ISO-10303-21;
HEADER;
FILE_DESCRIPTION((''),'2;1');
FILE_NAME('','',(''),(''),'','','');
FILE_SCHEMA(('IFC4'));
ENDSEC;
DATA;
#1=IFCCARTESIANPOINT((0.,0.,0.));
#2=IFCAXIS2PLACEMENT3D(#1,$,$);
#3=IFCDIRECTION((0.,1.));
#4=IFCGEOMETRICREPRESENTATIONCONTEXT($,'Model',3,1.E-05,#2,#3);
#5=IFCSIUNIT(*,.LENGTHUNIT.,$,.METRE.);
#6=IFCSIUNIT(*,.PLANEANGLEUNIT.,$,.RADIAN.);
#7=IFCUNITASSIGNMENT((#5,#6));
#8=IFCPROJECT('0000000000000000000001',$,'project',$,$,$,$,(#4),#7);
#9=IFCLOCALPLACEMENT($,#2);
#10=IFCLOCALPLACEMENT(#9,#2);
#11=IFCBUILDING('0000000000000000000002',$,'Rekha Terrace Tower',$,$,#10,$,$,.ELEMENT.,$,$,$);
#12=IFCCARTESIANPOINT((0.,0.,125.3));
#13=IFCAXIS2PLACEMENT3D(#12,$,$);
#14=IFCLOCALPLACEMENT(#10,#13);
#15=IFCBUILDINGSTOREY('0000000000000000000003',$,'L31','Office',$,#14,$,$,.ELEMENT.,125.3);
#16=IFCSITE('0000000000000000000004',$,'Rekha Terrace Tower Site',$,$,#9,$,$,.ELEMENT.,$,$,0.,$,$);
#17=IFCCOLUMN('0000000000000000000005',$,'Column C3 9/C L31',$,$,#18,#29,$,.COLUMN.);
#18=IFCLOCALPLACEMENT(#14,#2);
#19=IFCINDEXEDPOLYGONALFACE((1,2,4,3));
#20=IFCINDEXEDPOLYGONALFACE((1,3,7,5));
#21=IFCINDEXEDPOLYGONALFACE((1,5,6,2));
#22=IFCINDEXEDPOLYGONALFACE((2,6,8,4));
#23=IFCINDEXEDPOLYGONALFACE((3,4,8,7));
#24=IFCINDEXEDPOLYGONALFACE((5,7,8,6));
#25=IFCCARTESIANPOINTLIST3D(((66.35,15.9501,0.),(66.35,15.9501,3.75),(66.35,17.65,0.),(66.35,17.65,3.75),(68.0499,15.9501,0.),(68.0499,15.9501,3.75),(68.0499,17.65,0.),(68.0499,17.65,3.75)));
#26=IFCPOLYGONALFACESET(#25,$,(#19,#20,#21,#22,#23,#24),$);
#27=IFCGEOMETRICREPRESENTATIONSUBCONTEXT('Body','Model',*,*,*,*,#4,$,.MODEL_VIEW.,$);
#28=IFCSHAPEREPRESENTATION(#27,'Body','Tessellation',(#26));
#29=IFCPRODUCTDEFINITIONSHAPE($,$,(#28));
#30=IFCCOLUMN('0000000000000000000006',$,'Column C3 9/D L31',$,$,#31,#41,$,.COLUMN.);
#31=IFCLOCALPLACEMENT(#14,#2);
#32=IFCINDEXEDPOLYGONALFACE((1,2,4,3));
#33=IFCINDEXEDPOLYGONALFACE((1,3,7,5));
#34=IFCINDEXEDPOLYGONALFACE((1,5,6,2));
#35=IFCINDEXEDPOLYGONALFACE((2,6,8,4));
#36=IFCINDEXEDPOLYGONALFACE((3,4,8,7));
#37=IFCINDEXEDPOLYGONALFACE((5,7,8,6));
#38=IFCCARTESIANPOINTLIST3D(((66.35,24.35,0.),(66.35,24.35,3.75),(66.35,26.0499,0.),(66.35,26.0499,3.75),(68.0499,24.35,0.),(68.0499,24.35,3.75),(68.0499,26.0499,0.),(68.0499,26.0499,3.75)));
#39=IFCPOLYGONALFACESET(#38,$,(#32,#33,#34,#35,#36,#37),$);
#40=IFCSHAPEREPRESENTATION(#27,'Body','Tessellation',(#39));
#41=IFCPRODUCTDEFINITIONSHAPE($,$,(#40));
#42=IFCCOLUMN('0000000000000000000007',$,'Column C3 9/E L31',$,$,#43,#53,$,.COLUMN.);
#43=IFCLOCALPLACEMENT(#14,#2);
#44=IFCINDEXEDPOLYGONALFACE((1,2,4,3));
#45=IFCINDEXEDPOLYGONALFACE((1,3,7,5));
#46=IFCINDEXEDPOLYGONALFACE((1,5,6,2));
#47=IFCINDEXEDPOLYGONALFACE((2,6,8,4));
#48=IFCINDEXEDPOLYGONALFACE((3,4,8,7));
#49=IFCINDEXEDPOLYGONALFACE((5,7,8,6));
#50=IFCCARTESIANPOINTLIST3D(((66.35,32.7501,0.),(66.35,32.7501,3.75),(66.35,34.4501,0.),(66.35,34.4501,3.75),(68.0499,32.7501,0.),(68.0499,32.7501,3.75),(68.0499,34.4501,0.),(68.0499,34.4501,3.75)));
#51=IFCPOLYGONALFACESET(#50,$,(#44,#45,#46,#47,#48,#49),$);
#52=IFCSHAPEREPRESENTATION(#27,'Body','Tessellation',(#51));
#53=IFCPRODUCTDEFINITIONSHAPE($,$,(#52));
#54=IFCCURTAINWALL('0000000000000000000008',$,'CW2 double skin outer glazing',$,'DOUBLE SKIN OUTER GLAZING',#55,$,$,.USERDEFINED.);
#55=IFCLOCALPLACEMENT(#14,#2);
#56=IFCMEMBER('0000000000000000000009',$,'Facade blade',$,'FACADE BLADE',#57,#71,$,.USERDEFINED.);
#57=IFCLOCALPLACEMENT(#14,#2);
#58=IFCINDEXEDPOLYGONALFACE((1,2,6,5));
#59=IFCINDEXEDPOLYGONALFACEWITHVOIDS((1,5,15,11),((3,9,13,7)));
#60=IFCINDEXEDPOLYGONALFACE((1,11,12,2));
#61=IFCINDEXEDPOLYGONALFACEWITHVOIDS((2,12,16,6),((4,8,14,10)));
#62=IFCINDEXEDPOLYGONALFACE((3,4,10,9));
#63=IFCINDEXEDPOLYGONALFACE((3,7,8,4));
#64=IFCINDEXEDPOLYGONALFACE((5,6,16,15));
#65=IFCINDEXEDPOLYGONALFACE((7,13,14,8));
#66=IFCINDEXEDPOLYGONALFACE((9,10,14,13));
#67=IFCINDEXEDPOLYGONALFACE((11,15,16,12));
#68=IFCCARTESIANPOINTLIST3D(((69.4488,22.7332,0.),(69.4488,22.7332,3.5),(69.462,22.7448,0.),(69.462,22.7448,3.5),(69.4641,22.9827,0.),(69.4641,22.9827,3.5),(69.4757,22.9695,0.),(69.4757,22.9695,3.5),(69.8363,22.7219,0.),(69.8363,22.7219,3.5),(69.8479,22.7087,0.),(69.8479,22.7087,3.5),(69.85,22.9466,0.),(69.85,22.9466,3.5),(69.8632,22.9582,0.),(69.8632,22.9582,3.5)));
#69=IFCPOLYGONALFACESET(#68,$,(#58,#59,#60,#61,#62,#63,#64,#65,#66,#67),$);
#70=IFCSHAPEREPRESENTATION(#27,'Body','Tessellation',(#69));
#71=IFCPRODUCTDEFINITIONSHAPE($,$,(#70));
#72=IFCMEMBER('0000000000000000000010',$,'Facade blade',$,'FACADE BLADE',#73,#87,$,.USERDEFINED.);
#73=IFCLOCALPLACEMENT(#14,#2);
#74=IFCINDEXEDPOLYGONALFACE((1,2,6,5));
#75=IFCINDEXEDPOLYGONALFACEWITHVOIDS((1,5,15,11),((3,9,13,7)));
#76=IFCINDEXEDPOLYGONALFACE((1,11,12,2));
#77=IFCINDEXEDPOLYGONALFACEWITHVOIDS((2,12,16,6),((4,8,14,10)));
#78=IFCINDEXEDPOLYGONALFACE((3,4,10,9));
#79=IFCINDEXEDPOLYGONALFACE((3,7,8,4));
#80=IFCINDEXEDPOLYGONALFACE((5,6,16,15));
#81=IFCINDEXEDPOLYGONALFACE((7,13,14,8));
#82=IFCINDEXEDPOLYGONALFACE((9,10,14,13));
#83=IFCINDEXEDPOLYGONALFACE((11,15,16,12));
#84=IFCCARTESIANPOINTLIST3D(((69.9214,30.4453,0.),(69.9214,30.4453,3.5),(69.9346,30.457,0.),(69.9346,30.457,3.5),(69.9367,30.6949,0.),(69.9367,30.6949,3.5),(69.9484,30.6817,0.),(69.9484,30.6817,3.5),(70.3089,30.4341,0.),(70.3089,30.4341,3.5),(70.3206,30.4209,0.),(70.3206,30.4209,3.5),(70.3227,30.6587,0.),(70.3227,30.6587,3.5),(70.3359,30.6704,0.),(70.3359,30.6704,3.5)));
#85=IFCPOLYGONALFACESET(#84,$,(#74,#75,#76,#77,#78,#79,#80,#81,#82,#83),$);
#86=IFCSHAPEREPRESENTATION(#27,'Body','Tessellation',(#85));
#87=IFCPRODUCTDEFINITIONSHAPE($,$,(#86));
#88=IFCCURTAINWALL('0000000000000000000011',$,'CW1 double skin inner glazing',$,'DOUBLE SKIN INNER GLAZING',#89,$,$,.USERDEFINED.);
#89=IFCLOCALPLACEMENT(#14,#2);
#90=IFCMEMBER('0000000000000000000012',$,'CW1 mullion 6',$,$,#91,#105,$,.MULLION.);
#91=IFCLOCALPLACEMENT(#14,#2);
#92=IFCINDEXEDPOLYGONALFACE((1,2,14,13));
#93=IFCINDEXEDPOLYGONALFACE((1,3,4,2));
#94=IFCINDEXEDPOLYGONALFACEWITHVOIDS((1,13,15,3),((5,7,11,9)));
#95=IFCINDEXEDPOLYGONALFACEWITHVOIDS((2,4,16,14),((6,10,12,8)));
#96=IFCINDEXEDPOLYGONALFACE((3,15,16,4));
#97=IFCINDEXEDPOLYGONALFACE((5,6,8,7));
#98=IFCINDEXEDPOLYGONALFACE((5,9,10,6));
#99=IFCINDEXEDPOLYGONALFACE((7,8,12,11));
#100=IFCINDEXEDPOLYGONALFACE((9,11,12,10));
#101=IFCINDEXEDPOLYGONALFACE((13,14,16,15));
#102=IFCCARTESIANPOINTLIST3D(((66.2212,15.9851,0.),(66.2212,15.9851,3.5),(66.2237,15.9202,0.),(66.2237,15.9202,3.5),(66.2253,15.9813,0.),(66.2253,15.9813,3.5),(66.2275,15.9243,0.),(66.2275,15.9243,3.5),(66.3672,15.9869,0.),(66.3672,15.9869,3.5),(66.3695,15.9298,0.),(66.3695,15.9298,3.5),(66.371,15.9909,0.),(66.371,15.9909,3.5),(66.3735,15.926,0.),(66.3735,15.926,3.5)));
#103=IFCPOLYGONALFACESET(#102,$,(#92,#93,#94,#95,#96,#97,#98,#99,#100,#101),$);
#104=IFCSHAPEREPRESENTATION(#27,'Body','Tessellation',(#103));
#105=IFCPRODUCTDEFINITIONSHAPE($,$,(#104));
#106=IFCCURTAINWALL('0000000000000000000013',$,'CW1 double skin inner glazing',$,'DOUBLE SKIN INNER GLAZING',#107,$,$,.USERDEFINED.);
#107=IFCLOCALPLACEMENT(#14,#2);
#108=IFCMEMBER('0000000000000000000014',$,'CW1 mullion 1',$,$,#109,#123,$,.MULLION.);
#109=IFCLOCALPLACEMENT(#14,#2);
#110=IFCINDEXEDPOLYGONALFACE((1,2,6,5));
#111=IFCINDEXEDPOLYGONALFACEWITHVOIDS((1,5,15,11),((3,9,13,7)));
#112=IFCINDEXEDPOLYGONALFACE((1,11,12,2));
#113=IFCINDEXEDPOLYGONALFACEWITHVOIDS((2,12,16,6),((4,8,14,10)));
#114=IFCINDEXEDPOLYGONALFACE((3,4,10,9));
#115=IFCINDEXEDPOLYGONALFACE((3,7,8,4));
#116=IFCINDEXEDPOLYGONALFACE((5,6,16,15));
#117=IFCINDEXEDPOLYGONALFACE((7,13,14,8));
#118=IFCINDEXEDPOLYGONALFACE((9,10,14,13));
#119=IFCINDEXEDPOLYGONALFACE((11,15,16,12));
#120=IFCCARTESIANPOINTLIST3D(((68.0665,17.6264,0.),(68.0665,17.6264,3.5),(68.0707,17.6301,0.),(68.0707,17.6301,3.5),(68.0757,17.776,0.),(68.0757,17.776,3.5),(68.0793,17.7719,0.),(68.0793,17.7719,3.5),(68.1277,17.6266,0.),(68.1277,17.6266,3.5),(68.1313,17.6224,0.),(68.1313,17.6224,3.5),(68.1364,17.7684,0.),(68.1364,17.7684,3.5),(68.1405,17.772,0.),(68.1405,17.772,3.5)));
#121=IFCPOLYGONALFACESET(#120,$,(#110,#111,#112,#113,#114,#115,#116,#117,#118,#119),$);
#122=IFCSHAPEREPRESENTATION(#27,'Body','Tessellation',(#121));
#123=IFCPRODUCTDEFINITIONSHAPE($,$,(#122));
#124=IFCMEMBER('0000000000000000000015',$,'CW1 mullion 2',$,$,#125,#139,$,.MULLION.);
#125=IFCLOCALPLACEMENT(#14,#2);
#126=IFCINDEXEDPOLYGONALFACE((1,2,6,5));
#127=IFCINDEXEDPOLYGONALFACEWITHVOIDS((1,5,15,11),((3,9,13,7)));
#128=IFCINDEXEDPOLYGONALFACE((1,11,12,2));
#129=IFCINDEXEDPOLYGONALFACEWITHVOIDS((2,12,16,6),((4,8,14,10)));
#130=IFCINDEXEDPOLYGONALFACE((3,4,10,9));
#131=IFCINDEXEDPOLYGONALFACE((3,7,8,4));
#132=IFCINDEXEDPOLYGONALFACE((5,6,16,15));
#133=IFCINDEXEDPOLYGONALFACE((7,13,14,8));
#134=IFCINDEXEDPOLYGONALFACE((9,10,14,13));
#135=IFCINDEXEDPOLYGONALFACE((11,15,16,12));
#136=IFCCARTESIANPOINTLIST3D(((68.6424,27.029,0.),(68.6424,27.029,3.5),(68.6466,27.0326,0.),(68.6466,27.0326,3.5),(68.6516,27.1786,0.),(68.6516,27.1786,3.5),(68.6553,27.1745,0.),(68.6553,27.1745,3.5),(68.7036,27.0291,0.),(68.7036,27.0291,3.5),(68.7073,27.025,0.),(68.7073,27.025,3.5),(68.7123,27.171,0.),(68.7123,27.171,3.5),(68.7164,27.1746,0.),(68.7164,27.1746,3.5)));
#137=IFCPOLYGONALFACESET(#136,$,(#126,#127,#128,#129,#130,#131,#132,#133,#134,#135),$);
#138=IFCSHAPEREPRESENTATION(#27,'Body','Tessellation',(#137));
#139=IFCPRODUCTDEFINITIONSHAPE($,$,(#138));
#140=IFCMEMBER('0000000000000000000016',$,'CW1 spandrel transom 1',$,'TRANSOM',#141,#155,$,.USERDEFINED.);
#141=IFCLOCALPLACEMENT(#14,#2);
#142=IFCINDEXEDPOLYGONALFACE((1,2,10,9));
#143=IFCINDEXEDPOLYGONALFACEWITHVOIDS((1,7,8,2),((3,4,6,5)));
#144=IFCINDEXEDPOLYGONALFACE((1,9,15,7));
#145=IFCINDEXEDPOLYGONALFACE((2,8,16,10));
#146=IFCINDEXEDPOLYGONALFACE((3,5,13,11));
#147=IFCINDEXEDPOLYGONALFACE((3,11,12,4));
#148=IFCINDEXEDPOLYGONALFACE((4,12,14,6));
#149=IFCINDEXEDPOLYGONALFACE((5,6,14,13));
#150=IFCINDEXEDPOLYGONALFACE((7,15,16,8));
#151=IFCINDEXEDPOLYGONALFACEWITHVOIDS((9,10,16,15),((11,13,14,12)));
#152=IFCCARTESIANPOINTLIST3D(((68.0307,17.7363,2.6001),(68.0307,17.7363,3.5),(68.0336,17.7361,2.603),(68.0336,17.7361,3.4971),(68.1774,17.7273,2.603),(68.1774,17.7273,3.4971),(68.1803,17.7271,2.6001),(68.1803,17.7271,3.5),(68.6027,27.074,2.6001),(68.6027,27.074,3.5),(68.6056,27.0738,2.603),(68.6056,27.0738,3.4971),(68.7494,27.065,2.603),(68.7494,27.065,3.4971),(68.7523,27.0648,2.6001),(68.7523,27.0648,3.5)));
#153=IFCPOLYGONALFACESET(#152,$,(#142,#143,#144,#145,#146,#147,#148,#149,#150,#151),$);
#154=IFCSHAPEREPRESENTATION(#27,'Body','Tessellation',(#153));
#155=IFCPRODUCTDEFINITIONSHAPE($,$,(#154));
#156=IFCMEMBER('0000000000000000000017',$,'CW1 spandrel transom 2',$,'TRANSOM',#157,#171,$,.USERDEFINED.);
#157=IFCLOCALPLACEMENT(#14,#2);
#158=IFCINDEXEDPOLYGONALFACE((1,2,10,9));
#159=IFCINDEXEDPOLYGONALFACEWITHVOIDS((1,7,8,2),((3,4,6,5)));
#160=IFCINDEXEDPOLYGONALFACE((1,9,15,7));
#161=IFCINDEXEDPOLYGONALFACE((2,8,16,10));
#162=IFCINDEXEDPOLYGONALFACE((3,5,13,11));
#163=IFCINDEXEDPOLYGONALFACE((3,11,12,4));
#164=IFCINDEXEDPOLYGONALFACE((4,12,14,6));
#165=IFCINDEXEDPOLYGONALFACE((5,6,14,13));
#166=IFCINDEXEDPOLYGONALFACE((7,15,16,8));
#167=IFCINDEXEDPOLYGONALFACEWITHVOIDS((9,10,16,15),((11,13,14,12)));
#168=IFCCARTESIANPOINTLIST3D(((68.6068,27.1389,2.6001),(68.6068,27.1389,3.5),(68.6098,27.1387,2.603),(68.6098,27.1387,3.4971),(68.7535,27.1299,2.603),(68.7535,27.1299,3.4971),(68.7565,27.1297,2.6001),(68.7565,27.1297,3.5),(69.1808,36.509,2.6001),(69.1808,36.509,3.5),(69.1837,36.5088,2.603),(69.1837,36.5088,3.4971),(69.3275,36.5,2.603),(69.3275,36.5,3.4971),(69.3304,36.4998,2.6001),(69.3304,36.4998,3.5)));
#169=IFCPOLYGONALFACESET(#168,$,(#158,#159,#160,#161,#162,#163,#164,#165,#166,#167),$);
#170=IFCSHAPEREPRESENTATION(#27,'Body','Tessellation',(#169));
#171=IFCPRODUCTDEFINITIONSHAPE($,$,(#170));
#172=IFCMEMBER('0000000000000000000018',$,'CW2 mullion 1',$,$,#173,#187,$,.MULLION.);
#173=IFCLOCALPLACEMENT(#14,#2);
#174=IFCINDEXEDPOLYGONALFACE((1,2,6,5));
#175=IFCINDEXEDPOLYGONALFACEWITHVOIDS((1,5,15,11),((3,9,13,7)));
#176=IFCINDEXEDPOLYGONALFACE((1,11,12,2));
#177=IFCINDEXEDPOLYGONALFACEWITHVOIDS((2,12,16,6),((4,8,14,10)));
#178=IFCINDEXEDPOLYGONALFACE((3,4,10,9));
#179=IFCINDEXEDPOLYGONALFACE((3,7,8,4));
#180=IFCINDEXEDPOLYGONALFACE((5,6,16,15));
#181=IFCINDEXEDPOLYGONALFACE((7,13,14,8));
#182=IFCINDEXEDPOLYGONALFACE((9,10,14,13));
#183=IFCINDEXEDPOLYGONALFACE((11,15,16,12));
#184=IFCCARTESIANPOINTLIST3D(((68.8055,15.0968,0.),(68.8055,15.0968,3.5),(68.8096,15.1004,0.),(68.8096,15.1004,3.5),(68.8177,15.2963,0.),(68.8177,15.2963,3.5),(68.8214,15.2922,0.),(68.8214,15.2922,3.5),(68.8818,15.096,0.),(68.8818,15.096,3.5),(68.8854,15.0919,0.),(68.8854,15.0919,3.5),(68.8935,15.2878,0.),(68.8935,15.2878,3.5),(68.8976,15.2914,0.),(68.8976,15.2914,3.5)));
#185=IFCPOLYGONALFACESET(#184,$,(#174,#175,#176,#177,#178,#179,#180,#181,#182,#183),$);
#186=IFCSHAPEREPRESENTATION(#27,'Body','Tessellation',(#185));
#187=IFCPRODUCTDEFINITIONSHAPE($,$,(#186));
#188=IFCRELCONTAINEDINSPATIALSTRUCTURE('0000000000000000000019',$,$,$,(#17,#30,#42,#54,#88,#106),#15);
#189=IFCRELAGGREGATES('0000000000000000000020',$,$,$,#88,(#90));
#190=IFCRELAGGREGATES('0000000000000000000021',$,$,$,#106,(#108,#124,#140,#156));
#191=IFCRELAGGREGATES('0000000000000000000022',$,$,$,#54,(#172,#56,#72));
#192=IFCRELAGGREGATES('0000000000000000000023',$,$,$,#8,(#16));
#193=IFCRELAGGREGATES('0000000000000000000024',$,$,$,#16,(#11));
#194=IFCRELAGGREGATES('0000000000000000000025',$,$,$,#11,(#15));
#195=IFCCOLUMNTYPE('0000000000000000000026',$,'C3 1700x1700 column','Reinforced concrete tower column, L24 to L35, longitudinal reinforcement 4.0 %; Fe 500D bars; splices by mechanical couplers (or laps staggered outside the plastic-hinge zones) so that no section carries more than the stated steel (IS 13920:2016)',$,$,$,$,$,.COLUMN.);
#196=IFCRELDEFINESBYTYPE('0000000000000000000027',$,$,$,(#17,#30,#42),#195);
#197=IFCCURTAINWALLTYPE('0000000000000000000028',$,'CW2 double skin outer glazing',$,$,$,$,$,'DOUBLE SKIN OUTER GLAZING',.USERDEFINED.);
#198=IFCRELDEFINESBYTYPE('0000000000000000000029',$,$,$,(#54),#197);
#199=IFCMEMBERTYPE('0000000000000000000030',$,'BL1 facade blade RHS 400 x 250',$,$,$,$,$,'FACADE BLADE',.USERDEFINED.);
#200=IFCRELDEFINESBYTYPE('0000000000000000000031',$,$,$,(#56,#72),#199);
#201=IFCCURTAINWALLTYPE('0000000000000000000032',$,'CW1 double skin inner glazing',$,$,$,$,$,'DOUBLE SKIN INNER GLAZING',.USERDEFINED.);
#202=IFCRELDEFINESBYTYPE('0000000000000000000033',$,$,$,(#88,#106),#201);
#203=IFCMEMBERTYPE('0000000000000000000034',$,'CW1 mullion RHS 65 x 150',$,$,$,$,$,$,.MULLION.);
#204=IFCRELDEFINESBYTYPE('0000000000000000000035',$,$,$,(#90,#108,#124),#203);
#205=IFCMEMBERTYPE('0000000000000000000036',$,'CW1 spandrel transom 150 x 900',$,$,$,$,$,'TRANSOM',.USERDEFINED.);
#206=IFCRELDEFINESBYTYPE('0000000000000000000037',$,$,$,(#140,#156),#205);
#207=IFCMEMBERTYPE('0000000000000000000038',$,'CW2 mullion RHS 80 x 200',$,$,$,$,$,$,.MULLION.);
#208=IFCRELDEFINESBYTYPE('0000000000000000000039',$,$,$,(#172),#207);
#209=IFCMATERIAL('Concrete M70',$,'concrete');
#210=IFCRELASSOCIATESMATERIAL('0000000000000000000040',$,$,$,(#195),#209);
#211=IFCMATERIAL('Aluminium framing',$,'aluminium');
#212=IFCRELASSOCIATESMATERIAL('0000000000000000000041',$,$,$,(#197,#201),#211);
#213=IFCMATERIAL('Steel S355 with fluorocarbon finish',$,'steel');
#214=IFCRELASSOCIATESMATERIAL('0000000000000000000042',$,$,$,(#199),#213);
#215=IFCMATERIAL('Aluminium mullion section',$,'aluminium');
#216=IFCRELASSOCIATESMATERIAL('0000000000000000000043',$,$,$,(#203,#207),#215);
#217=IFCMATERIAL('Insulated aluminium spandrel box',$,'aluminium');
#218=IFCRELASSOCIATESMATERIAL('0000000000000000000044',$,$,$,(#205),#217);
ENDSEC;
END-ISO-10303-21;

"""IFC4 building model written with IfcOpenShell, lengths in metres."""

from ifc_helpers import new_model, si_unit, direction, frame, origin, origin_2d, place, context, subcontext, project, spatial, rectangle, hollow_rectangle, extrude, material, material_profile, profile_set, type_object, element, aggregate, save


model = new_model("IFC4")

# Units and contexts
model_context = context("Model", 3, precision=1e-05, world=origin(), true_north=direction((0.0, 1.0)))
body_context = subcontext(model_context, "Body", "Model", "MODEL_VIEW")
ifc_project = project(units=[si_unit("LENGTHUNIT", "METRE"), si_unit("PLANEANGLEUNIT", "RADIAN")], contexts=[model_context])

# Site, building, storey
site_placement = place(None, origin())
site = spatial("IfcSite", under=ifc_project, at=site_placement, Name="Rekha Terrace Tower Site", CompositionType="ELEMENT", RefElevation=0.0)
building_placement = place(site_placement, origin())
building = spatial("IfcBuilding", under=site, at=building_placement, Name="Rekha Terrace Tower", CompositionType="ELEMENT")
storey_placement = place(building_placement, frame((0.0, 0.0, 125.3)))
storey = spatial("IfcBuildingStorey", under=building, at=storey_placement, Name="L31", Description="Office", CompositionType="ELEMENT", Elevation=125.3)

# Columns
ifc_material_1 = material(Name="Concrete M70", Category="concrete")
ifc_material_profile_1 = material_profile(ifc_material_1, rectangle(XDim=1.7, YDim=1.7, at=origin_2d()), Name="RC 1700x1700")
ifc_profile_set_1 = profile_set([ifc_material_profile_1], Name="Concrete M70")
column_type = type_object("IfcColumnType", Name="C3 1700x1700 column", Description="Reinforced concrete tower column, L24 to L35, longitudinal reinforcement 4.0 %; Fe 500D bars; splices by mechanical couplers (or laps staggered outside the plastic-hinge zones) so that no section carries more than the stated steel (IS 13920:2016)", PredefinedType="COLUMN", material=ifc_profile_set_1)
for number, where, z_axis, x_axis, name in (
    (1, (67.2, 16.8, 0.0), (0.0, 0.0, 1.0), (1.0, 0.0, 0.0), "Column C3 9/C L31"),
    (2, (67.2, 25.2, 0.0), (0.0, 0.0, 1.0), (1.0, 0.0, 0.0), "Column C3 9/D L31"),
    (3, (67.2, 33.6001, 0.0), (0.0, 0.0, 1.0), (1.0, 0.0, 0.0), "Column C3 9/E L31"),
):
    element("IfcColumn", number, at=place(storey_placement, frame(where, z_axis=z_axis, x_axis=x_axis)), inside=storey, type_object=column_type, Name=name, PredefinedType="COLUMN", context=body_context, shape_type="SweptSolid", body=[
        extrude(rectangle(XDim=1.7, YDim=1.7, at=origin_2d()), origin(), (0.0, 0.0, 1.0), 3.75),
    ])

# Curtain wall, members
ifc_material_2 = material(Name="Aluminium framing", Category="aluminium")
curtain_wall_type_1 = type_object("IfcCurtainWallType", Name="CW2 double skin outer glazing", ElementType="DOUBLE SKIN OUTER GLAZING", PredefinedType="USERDEFINED", material=ifc_material_2)
curtain_wall_1_placement = place(storey_placement, origin())
curtain_wall_1 = element("IfcCurtainWall", 4, at=curtain_wall_1_placement, inside=storey, type_object=curtain_wall_type_1, Name="CW2 double skin outer glazing", ObjectType="DOUBLE SKIN OUTER GLAZING", PredefinedType="USERDEFINED")
ifc_material_3 = material(Name="Steel S355 with fluorocarbon finish", Category="steel")
ifc_material_profile_2 = material_profile(ifc_material_3, hollow_rectangle(XDim=0.25, YDim=0.3999, WallThickness=0.0125, at=origin_2d()), Name="RHS400x250x12.5")
ifc_profile_set_2 = profile_set([ifc_material_profile_2], Name="Steel S355 with fluorocarbon finish")
member_type_1 = type_object("IfcMemberType", Name="BL1 facade blade RHS 400 x 250", ElementType="FACADE BLADE", PredefinedType="USERDEFINED", material=ifc_profile_set_2)
member_1_placement = place(storey_placement, frame((69.656, 22.8457, 0.0), z_axis=(0.0, 0.0, 1.0), x_axis=(0.06116, 0.998128, 0.0)))
member_1 = element("IfcMember", 5, at=member_1_placement, type_object=member_type_1, Name="Facade blade", ObjectType="FACADE BLADE", PredefinedType="USERDEFINED", context=body_context, shape_type="SweptSolid", body=[
    extrude(hollow_rectangle(XDim=0.25, YDim=0.3999, WallThickness=0.0125, at=origin_2d()), origin(), (0.0, 0.0, 1.0), 3.5),
])
member_2_placement = place(storey_placement, frame((70.1287, 30.5579, 0.0), z_axis=(0.0, 0.0, 1.0), x_axis=(0.06116, 0.998128, 0.0)))
member_2 = element("IfcMember", 6, at=member_2_placement, type_object=member_type_1, Name="Facade blade", ObjectType="FACADE BLADE", PredefinedType="USERDEFINED", context=body_context, shape_type="SweptSolid", body=[
    extrude(hollow_rectangle(XDim=0.25, YDim=0.3999, WallThickness=0.0125, at=origin_2d()), origin(), (0.0, 0.0, 1.0), 3.5),
])

# Curtain wall, member
curtain_wall_type_2 = type_object("IfcCurtainWallType", Name="CW1 double skin inner glazing", ElementType="DOUBLE SKIN INNER GLAZING", PredefinedType="USERDEFINED", material=ifc_material_2)
curtain_wall_2_placement = place(storey_placement, origin())
curtain_wall_2 = element("IfcCurtainWall", 7, at=curtain_wall_2_placement, inside=storey, type_object=curtain_wall_type_2, Name="CW1 double skin inner glazing", ObjectType="DOUBLE SKIN INNER GLAZING", PredefinedType="USERDEFINED")
ifc_material_4 = material(Name="Aluminium mullion section", Category="aluminium")
ifc_material_profile_3 = material_profile(ifc_material_4, hollow_rectangle(XDim=0.0649, YDim=0.1499, WallThickness=0.0039, at=origin_2d()), Name="AL RHS 65x150")
ifc_profile_set_3 = profile_set([ifc_material_profile_3], Name="Aluminium mullion section")
member_type_2 = type_object("IfcMemberType", Name="CW1 mullion RHS 65 x 150", PredefinedType="MULLION", material=ifc_profile_set_3)
member_3_placement = place(storey_placement, frame((66.2974, 15.9556, 0.0), z_axis=(0.0, 0.0, 1.0), x_axis=(-0.03889, 0.999243, 0.0)))
member_3 = element("IfcMember", 8, at=member_3_placement, type_object=member_type_2, Name="CW1 mullion 6", PredefinedType="MULLION", context=body_context, shape_type="SweptSolid", body=[
    extrude(hollow_rectangle(XDim=0.0649, YDim=0.1499, WallThickness=0.0039, at=origin_2d()), origin(), (0.0, 0.0, 1.0), 3.5),
])

# Curtain wall, members
curtain_wall_3_placement = place(storey_placement, origin())
curtain_wall_3 = element("IfcCurtainWall", 9, at=curtain_wall_3_placement, inside=storey, type_object=curtain_wall_type_2, Name="CW1 double skin inner glazing", ObjectType="DOUBLE SKIN INNER GLAZING", PredefinedType="USERDEFINED")
member_4_placement = place(storey_placement, frame((68.1035, 17.6992, 0.0), z_axis=(0.0, 0.0, 1.0), x_axis=(-0.998128, 0.06116, 0.0)))
member_4 = element("IfcMember", 10, at=member_4_placement, type_object=member_type_2, Name="CW1 mullion 1", PredefinedType="MULLION", context=body_context, shape_type="SweptSolid", body=[
    extrude(hollow_rectangle(XDim=0.0649, YDim=0.1499, WallThickness=0.0039, at=origin_2d()), origin(), (0.0, 0.0, 1.0), 3.5),
])
member_5_placement = place(storey_placement, frame((68.6794, 27.1018, 0.0), z_axis=(0.0, 0.0, 1.0), x_axis=(-0.998128, 0.06116, 0.0)))
member_5 = element("IfcMember", 11, at=member_5_placement, type_object=member_type_2, Name="CW1 mullion 2", PredefinedType="MULLION", context=body_context, shape_type="SweptSolid", body=[
    extrude(hollow_rectangle(XDim=0.0649, YDim=0.1499, WallThickness=0.0039, at=origin_2d()), origin(), (0.0, 0.0, 1.0), 3.5),
])
ifc_material_5 = material(Name="Insulated aluminium spandrel box", Category="aluminium")
ifc_material_profile_4 = material_profile(ifc_material_5, hollow_rectangle(XDim=0.1499, YDim=0.8999, WallThickness=0.0029, at=origin_2d()), Name="AL SPANDREL BOX 150x900")
ifc_profile_set_4 = profile_set([ifc_material_profile_4], Name="Insulated aluminium spandrel box")
member_type_3 = type_object("IfcMemberType", Name="CW1 spandrel transom 150 x 900", ElementType="TRANSOM", PredefinedType="USERDEFINED", material=ifc_profile_set_4)
member_6_placement = place(storey_placement, frame((68.1055, 17.7317, 3.05), z_axis=(0.061145, 0.998129, 0.0), x_axis=(-0.998129, 0.061145, 0.0)))
member_6 = element("IfcMember", 12, at=member_6_placement, type_object=member_type_3, Name="CW1 spandrel transom 1", ObjectType="TRANSOM", PredefinedType="USERDEFINED", context=body_context, shape_type="SweptSolid", body=[
    extrude(hollow_rectangle(XDim=0.1499, YDim=0.8999, WallThickness=0.0029, at=origin_2d()), origin(), (0.0, 0.0, 1.0), 9.3552),
])
member_7_placement = place(storey_placement, frame((68.6816, 27.1343, 3.05), z_axis=(0.061141, 0.998129, 0.0), x_axis=(-0.998129, 0.061141, 0.0)))
member_7 = element("IfcMember", 13, at=member_7_placement, type_object=member_type_3, Name="CW1 spandrel transom 2", ObjectType="TRANSOM", PredefinedType="USERDEFINED", context=body_context, shape_type="SweptSolid", body=[
    extrude(hollow_rectangle(XDim=0.1499, YDim=0.8999, WallThickness=0.0029, at=origin_2d()), origin(), (0.0, 0.0, 1.0), 9.3877),
])

# Member
ifc_material_profile_5 = material_profile(ifc_material_4, hollow_rectangle(XDim=0.0801, YDim=0.2, WallThickness=0.0039, at=origin_2d()), Name="AL RHS 80x200")
ifc_profile_set_5 = profile_set([ifc_material_profile_5], Name="Aluminium mullion section")
member_type_4 = type_object("IfcMemberType", Name="CW2 mullion RHS 80 x 200", PredefinedType="MULLION", material=ifc_profile_set_5)
member_8_placement = place(storey_placement, frame((68.8516, 15.1941, 0.0), z_axis=(0.0, 0.0, 1.0), x_axis=(-0.998128, 0.06116, 0.0)))
member_8 = element("IfcMember", 14, at=member_8_placement, type_object=member_type_4, Name="CW2 mullion 1", PredefinedType="MULLION", context=body_context, shape_type="SweptSolid", body=[
    extrude(hollow_rectangle(XDim=0.0801, YDim=0.2, WallThickness=0.0039, at=origin_2d()), origin(), (0.0, 0.0, 1.0), 3.5),
])

aggregate(curtain_wall_2, [member_3])
aggregate(curtain_wall_3, [member_4, member_5, member_6, member_7])

aggregate(curtain_wall_1, [member_8, member_1, member_2])

save(model, "model.ifc")
